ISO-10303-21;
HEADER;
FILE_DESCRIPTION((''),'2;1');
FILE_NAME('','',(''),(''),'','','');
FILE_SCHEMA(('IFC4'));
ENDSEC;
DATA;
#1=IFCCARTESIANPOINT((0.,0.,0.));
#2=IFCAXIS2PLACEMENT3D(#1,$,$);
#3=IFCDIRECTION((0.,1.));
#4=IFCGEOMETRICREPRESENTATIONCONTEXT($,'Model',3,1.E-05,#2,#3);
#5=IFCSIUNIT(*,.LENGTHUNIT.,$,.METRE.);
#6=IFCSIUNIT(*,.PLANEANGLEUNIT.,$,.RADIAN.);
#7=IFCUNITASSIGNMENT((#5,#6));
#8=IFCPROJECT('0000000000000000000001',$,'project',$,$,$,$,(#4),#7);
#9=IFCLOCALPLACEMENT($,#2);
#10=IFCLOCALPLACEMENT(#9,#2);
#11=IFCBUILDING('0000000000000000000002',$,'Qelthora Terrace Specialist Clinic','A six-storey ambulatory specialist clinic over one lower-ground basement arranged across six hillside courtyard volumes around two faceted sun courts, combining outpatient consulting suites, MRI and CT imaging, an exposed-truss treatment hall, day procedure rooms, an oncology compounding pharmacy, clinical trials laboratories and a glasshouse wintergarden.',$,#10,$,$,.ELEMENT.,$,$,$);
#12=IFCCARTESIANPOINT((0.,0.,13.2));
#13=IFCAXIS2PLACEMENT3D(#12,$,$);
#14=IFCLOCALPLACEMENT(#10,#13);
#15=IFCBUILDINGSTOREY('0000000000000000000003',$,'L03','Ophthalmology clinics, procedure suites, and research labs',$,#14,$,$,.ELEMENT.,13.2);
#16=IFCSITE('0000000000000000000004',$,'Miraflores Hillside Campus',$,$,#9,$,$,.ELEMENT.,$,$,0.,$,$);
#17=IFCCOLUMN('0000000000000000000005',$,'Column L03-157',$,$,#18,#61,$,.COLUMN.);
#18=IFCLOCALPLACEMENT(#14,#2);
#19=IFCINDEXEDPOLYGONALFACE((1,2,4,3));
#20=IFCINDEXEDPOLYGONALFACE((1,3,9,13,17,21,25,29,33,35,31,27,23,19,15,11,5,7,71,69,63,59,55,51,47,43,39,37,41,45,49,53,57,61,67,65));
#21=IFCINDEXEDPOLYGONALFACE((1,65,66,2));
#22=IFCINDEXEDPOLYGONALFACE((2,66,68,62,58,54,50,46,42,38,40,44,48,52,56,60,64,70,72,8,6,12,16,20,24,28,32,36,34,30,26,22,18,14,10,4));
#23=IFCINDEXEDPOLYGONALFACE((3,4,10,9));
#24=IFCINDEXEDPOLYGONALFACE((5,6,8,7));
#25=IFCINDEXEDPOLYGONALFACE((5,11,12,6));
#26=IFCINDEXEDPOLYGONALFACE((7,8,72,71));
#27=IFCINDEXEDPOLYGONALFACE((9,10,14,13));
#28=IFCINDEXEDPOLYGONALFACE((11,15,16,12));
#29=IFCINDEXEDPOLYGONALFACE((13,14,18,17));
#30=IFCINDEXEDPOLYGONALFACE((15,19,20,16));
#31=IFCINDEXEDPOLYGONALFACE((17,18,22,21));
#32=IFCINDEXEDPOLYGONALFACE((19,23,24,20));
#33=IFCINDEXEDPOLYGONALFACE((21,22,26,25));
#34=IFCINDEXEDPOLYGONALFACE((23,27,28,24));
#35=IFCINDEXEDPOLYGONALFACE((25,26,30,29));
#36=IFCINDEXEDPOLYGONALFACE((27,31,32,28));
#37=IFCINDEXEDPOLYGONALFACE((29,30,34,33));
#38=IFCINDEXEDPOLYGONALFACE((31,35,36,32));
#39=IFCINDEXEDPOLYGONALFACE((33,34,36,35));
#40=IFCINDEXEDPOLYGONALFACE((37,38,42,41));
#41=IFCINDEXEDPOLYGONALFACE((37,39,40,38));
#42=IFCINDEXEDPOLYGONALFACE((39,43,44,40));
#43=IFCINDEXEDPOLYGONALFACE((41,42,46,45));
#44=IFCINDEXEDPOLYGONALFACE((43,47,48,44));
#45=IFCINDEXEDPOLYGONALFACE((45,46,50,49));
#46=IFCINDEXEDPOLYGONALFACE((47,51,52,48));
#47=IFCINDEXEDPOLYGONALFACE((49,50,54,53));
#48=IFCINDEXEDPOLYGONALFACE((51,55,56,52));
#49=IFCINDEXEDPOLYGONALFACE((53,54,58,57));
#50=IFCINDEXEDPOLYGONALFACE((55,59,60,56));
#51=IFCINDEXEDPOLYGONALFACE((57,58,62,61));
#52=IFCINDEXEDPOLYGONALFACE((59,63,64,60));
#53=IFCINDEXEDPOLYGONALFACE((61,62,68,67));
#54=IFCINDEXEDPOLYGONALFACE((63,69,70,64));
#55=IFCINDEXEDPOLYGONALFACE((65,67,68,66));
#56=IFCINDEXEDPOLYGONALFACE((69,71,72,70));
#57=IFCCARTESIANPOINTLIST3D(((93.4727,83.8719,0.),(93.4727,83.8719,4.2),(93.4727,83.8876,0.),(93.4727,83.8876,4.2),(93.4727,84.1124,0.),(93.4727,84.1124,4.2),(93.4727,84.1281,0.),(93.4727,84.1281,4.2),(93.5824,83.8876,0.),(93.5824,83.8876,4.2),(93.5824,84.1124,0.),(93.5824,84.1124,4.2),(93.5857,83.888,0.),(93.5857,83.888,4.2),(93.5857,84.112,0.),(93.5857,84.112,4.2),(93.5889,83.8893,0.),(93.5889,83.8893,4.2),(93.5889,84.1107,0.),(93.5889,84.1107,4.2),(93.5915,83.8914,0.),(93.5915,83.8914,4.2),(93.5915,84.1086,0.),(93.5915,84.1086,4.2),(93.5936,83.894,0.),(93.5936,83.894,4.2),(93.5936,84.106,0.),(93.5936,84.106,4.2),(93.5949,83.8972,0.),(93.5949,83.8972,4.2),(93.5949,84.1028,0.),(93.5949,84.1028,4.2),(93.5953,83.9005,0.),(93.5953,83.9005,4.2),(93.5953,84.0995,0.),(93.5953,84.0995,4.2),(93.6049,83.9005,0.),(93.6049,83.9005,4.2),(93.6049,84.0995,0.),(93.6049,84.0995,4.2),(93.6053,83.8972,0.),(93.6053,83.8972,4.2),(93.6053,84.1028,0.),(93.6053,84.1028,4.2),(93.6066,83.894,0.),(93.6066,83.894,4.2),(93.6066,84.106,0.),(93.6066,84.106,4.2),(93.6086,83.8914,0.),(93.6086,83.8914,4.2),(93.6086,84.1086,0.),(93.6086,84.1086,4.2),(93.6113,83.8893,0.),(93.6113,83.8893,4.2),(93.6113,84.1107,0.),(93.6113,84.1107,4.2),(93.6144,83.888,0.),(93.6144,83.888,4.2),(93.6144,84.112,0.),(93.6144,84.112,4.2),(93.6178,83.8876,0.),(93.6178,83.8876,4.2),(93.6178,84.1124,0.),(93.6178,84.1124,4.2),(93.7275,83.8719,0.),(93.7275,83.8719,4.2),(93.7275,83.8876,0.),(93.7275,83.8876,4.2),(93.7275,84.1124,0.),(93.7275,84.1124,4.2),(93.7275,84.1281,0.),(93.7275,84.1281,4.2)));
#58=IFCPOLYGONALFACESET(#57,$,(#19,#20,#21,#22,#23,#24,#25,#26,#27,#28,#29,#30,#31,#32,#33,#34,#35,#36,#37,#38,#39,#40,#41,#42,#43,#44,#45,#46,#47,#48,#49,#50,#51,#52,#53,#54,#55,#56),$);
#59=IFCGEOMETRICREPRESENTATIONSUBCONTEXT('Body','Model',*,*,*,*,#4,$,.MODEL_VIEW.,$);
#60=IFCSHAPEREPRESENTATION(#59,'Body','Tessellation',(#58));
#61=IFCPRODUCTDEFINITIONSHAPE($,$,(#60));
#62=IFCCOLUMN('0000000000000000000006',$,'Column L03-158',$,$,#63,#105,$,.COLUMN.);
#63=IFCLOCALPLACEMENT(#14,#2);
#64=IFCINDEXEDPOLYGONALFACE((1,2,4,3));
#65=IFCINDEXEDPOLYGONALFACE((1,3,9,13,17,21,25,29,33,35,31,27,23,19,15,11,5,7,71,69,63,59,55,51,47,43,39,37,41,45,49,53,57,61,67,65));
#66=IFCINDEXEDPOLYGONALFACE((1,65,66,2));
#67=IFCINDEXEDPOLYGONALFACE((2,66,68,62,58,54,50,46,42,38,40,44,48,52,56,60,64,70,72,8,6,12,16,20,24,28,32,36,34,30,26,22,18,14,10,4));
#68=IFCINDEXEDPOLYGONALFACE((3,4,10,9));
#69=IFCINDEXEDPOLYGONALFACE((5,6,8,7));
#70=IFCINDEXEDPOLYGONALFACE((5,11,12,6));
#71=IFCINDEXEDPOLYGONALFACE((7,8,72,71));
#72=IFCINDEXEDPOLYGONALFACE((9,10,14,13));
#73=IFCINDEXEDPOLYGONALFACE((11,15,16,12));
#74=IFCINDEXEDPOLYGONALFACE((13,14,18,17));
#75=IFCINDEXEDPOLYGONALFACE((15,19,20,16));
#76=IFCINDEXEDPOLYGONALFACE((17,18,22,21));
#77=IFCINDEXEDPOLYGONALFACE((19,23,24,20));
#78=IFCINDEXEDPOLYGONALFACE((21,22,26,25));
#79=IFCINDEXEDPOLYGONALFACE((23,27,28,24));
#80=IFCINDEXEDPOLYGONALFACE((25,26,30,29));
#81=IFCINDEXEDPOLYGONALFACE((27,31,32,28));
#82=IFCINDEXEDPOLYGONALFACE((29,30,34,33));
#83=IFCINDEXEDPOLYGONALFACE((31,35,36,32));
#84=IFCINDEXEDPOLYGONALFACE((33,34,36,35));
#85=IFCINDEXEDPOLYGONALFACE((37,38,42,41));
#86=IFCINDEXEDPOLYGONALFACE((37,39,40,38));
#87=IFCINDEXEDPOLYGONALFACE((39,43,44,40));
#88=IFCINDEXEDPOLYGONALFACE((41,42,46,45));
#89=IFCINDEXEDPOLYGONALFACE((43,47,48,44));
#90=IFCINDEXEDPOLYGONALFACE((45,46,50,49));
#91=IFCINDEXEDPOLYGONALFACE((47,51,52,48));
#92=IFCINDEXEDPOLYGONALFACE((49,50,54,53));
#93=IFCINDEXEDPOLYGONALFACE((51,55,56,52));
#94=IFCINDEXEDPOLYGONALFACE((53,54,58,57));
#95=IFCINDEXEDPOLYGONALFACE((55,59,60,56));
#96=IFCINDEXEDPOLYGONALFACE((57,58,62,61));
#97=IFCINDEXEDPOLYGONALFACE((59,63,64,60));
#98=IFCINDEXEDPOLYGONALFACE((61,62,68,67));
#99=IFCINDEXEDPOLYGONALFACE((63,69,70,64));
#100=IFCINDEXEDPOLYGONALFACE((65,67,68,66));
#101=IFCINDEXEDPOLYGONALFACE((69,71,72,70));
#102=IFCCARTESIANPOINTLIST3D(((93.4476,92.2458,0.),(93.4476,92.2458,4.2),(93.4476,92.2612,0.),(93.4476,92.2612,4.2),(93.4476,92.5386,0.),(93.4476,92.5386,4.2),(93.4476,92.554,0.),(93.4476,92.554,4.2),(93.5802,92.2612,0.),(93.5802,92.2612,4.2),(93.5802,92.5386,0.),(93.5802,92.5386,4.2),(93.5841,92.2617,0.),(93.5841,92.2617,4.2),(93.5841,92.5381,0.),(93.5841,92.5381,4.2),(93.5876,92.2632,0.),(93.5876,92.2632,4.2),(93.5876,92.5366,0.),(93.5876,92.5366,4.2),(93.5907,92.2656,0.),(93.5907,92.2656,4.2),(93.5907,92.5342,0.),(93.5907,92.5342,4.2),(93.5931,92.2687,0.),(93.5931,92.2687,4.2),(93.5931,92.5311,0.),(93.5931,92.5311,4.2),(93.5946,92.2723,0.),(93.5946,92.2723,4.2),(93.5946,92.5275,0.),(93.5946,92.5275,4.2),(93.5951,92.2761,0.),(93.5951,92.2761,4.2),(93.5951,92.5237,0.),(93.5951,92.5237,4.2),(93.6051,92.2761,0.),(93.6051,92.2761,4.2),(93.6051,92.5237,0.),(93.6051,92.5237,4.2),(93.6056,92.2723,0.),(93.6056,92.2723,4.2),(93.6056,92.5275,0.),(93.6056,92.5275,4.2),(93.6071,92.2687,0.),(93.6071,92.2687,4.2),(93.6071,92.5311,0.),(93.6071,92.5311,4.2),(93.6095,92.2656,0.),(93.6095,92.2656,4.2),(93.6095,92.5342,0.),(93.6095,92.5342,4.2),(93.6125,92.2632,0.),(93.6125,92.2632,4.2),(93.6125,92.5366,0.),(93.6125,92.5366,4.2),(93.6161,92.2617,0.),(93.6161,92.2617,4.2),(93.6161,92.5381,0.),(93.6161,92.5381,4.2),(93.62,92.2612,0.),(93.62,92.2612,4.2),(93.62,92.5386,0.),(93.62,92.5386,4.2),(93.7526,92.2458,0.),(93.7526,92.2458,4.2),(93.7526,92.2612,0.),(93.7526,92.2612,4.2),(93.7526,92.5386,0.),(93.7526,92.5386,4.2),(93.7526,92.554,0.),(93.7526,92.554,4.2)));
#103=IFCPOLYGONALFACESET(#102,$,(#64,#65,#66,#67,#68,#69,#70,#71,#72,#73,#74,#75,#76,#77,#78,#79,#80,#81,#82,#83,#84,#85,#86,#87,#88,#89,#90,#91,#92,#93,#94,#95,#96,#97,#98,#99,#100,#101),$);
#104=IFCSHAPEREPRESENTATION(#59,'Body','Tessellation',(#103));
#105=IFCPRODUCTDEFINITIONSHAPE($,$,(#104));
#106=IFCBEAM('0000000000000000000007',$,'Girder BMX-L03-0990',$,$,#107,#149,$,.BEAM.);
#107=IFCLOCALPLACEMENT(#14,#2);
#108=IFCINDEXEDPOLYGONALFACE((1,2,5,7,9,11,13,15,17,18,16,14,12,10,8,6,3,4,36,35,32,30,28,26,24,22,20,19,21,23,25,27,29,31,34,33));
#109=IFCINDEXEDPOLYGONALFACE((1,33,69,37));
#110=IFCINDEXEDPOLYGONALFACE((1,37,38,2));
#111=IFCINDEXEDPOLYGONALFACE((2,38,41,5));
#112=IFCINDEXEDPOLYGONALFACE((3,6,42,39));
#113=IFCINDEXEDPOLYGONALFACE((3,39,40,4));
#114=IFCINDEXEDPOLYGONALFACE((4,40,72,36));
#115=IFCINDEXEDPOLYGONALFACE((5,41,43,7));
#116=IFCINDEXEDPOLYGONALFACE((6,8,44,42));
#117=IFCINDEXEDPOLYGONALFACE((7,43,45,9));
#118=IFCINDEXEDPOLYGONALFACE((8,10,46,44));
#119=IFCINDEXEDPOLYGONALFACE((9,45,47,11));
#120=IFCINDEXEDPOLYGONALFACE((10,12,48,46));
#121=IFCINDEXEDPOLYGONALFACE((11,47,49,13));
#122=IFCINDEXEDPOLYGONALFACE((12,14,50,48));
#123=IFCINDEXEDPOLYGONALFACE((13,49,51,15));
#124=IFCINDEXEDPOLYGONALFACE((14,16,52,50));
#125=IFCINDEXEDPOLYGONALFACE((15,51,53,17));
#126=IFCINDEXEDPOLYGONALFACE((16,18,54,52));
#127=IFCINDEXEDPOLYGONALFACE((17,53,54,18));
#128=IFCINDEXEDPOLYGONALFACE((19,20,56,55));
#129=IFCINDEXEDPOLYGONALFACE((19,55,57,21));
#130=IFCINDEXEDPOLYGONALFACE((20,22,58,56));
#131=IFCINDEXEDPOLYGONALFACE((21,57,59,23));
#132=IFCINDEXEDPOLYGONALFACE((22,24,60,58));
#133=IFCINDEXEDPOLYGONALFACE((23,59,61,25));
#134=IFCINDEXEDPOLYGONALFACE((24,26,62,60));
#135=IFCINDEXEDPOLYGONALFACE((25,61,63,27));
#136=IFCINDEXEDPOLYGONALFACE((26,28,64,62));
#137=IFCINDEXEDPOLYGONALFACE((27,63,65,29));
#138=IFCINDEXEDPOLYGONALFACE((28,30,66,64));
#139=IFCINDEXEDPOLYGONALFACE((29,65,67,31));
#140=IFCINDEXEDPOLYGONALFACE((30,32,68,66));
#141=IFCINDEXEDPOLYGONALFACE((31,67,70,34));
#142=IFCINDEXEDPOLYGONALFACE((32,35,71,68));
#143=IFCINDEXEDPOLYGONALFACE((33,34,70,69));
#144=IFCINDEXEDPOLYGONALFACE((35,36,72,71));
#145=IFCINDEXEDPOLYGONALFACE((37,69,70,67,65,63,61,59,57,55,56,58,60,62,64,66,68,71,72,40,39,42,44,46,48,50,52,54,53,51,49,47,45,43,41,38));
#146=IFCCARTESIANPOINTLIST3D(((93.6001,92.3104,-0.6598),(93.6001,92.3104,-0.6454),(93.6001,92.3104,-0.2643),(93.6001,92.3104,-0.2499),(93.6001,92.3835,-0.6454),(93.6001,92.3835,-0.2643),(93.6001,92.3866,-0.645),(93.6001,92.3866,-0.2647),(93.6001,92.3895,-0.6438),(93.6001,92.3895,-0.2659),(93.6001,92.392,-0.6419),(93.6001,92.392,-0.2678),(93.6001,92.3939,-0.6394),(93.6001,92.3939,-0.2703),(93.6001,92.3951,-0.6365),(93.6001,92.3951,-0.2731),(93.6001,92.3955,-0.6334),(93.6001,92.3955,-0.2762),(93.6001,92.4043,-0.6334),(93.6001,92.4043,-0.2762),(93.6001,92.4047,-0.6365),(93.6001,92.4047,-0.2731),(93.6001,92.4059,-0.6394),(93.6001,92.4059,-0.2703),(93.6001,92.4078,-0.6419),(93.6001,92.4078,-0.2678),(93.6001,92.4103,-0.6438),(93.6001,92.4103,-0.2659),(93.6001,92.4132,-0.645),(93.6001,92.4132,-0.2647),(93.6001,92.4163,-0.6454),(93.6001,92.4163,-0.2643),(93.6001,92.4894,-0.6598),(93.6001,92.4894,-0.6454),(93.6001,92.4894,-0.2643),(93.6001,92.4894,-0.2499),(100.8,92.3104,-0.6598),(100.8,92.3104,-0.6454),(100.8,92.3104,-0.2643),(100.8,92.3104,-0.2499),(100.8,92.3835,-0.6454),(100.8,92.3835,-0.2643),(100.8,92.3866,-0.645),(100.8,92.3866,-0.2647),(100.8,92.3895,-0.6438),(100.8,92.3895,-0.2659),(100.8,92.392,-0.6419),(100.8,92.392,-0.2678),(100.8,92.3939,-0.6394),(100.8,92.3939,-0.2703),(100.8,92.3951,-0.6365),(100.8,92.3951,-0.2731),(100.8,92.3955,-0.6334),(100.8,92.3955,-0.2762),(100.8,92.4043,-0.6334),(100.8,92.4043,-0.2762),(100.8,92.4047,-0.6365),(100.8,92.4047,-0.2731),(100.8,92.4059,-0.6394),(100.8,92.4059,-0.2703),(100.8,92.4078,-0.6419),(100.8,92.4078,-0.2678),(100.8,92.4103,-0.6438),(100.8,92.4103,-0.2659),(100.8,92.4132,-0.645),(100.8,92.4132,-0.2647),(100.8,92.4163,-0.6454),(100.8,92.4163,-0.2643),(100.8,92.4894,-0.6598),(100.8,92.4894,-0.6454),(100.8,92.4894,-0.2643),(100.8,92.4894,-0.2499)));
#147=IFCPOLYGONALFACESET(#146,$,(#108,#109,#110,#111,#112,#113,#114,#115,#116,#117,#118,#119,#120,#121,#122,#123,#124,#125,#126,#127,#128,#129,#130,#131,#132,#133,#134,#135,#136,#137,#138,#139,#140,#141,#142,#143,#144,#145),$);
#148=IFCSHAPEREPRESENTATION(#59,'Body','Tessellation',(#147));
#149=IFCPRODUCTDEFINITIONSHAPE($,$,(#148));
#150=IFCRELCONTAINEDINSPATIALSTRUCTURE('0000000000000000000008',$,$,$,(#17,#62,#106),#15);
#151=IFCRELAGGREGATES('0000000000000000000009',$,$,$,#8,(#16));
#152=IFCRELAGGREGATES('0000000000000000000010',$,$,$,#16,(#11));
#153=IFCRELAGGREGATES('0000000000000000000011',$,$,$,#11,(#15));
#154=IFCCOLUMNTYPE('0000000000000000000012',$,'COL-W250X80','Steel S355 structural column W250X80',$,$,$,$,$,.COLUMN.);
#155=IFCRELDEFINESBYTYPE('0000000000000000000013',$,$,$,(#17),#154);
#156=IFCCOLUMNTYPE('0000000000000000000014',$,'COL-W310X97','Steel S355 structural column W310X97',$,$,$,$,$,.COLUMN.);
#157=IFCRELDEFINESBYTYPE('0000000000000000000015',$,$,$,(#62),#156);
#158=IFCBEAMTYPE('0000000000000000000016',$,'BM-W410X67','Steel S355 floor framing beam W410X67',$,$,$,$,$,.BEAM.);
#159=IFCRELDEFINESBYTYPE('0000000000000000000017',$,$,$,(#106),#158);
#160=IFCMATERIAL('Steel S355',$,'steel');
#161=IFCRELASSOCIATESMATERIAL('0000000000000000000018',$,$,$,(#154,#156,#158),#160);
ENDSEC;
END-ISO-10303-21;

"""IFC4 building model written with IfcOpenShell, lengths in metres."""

from ifc_helpers import new_model, si_unit, direction, frame, origin, origin_2d, place, context, subcontext, project, spatial, i_section, extrude, material, material_profile, profile_set, type_object, element, save


model = new_model("IFC4")

# Units and contexts
model_context = context("Model", 3, precision=1e-05, world=origin(), true_north=direction((0.0, 1.0)))
body_context = subcontext(model_context, "Body", "Model", "MODEL_VIEW")
ifc_project = project(units=[si_unit("LENGTHUNIT", "METRE"), si_unit("PLANEANGLEUNIT", "RADIAN")], contexts=[model_context])

# Site, building, storey
site_placement = place(None, origin())
site = spatial("IfcSite", under=ifc_project, at=site_placement, Name="Miraflores Hillside Campus", CompositionType="ELEMENT", RefElevation=0.0)
building_placement = place(site_placement, origin())
building = spatial("IfcBuilding", under=site, at=building_placement, Name="Qelthora Terrace Specialist Clinic", Description="A six-storey ambulatory specialist clinic over one lower-ground basement arranged across six hillside courtyard volumes around two faceted sun courts, combining outpatient consulting suites, MRI and CT imaging, an exposed-truss treatment hall, day procedure rooms, an oncology compounding pharmacy, clinical trials laboratories and a glasshouse wintergarden.", CompositionType="ELEMENT")
storey_placement = place(building_placement, frame((0.0, 0.0, 13.2)))
storey = spatial("IfcBuildingStorey", under=building, at=storey_placement, Name="L03", Description="Ophthalmology clinics, procedure suites, and research labs", CompositionType="ELEMENT", Elevation=13.2)

# Columns
ifc_material_1 = material(Name="Steel S355", Category="steel")
ifc_material_profile_1 = material_profile(ifc_material_1, i_section(OverallWidth=0.2549, OverallDepth=0.2561, WebThickness=0.0095, FlangeThickness=0.0156, FilletRadius=0.0129, at=origin_2d()), Name="W250X80")
ifc_profile_set_1 = profile_set([ifc_material_profile_1], Name="Steel S355")
column_type_1 = type_object("IfcColumnType", Name="COL-W250X80", Description="Steel S355 structural column W250X80", PredefinedType="COLUMN", material=ifc_profile_set_1)
column_1_placement = place(storey_placement, frame((93.6001, 84.0, 0.0), z_axis=(0.0, 0.0, 1.0), x_axis=(1.0, 0.0, 0.0)))
element("IfcColumn", 1, at=column_1_placement, inside=storey, type_object=column_type_1, Name="Column L03-157", PredefinedType="COLUMN", context=body_context, shape_type="SweptSolid", body=[
    extrude(i_section(OverallWidth=0.2549, OverallDepth=0.2561, WebThickness=0.0095, FlangeThickness=0.0156, FilletRadius=0.0129, at=origin_2d()), origin(), (0.0, 0.0, 1.0), 4.2),
])
ifc_material_profile_2 = material_profile(ifc_material_1, i_section(OverallWidth=0.3049, OverallDepth=0.3081, WebThickness=0.01, FlangeThickness=0.0154, FilletRadius=0.0149, at=origin_2d()), Name="W310X97")
ifc_profile_set_2 = profile_set([ifc_material_profile_2], Name="Steel S355")
column_type_2 = type_object("IfcColumnType", Name="COL-W310X97", Description="Steel S355 structural column W310X97", PredefinedType="COLUMN", material=ifc_profile_set_2)
column_2_placement = place(storey_placement, frame((93.6001, 92.3999, 0.0), z_axis=(0.0, 0.0, 1.0), x_axis=(1.0, 0.0, 0.0)))
element("IfcColumn", 2, at=column_2_placement, inside=storey, type_object=column_type_2, Name="Column L03-158", PredefinedType="COLUMN", context=body_context, shape_type="SweptSolid", body=[
    extrude(i_section(OverallWidth=0.3049, OverallDepth=0.3081, WebThickness=0.01, FlangeThickness=0.0154, FilletRadius=0.0149, at=origin_2d()), origin(), (0.0, 0.0, 1.0), 4.2),
])

# Beam
ifc_material_profile_3 = material_profile(ifc_material_1, i_section(OverallWidth=0.179, OverallDepth=0.4099, WebThickness=0.0088, FlangeThickness=0.0144, FilletRadius=0.012, at=origin_2d()), Name="W410X67")
ifc_profile_set_3 = profile_set([ifc_material_profile_3], Name="Steel S355")
beam_type_1 = type_object("IfcBeamType", Name="BM-W410X67", Description="Steel S355 floor framing beam W410X67", PredefinedType="BEAM", material=ifc_profile_set_3)
beam_1_placement = place(storey_placement, frame((93.6001, 92.3999, -0.4548), z_axis=(1.0, 0.0, 0.0), x_axis=(0.0, 1.0, 0.0)))
element("IfcBeam", 3, at=beam_1_placement, inside=storey, type_object=beam_type_1, Name="Girder BMX-L03-0990", PredefinedType="BEAM", context=body_context, shape_type="SweptSolid", body=[
    extrude(i_section(OverallWidth=0.179, OverallDepth=0.4099, WebThickness=0.0088, FlangeThickness=0.0144, FilletRadius=0.012, at=origin_2d()), origin(), (0.0, 0.0, 1.0), 7.2),
])

save(model, "model.ifc")
